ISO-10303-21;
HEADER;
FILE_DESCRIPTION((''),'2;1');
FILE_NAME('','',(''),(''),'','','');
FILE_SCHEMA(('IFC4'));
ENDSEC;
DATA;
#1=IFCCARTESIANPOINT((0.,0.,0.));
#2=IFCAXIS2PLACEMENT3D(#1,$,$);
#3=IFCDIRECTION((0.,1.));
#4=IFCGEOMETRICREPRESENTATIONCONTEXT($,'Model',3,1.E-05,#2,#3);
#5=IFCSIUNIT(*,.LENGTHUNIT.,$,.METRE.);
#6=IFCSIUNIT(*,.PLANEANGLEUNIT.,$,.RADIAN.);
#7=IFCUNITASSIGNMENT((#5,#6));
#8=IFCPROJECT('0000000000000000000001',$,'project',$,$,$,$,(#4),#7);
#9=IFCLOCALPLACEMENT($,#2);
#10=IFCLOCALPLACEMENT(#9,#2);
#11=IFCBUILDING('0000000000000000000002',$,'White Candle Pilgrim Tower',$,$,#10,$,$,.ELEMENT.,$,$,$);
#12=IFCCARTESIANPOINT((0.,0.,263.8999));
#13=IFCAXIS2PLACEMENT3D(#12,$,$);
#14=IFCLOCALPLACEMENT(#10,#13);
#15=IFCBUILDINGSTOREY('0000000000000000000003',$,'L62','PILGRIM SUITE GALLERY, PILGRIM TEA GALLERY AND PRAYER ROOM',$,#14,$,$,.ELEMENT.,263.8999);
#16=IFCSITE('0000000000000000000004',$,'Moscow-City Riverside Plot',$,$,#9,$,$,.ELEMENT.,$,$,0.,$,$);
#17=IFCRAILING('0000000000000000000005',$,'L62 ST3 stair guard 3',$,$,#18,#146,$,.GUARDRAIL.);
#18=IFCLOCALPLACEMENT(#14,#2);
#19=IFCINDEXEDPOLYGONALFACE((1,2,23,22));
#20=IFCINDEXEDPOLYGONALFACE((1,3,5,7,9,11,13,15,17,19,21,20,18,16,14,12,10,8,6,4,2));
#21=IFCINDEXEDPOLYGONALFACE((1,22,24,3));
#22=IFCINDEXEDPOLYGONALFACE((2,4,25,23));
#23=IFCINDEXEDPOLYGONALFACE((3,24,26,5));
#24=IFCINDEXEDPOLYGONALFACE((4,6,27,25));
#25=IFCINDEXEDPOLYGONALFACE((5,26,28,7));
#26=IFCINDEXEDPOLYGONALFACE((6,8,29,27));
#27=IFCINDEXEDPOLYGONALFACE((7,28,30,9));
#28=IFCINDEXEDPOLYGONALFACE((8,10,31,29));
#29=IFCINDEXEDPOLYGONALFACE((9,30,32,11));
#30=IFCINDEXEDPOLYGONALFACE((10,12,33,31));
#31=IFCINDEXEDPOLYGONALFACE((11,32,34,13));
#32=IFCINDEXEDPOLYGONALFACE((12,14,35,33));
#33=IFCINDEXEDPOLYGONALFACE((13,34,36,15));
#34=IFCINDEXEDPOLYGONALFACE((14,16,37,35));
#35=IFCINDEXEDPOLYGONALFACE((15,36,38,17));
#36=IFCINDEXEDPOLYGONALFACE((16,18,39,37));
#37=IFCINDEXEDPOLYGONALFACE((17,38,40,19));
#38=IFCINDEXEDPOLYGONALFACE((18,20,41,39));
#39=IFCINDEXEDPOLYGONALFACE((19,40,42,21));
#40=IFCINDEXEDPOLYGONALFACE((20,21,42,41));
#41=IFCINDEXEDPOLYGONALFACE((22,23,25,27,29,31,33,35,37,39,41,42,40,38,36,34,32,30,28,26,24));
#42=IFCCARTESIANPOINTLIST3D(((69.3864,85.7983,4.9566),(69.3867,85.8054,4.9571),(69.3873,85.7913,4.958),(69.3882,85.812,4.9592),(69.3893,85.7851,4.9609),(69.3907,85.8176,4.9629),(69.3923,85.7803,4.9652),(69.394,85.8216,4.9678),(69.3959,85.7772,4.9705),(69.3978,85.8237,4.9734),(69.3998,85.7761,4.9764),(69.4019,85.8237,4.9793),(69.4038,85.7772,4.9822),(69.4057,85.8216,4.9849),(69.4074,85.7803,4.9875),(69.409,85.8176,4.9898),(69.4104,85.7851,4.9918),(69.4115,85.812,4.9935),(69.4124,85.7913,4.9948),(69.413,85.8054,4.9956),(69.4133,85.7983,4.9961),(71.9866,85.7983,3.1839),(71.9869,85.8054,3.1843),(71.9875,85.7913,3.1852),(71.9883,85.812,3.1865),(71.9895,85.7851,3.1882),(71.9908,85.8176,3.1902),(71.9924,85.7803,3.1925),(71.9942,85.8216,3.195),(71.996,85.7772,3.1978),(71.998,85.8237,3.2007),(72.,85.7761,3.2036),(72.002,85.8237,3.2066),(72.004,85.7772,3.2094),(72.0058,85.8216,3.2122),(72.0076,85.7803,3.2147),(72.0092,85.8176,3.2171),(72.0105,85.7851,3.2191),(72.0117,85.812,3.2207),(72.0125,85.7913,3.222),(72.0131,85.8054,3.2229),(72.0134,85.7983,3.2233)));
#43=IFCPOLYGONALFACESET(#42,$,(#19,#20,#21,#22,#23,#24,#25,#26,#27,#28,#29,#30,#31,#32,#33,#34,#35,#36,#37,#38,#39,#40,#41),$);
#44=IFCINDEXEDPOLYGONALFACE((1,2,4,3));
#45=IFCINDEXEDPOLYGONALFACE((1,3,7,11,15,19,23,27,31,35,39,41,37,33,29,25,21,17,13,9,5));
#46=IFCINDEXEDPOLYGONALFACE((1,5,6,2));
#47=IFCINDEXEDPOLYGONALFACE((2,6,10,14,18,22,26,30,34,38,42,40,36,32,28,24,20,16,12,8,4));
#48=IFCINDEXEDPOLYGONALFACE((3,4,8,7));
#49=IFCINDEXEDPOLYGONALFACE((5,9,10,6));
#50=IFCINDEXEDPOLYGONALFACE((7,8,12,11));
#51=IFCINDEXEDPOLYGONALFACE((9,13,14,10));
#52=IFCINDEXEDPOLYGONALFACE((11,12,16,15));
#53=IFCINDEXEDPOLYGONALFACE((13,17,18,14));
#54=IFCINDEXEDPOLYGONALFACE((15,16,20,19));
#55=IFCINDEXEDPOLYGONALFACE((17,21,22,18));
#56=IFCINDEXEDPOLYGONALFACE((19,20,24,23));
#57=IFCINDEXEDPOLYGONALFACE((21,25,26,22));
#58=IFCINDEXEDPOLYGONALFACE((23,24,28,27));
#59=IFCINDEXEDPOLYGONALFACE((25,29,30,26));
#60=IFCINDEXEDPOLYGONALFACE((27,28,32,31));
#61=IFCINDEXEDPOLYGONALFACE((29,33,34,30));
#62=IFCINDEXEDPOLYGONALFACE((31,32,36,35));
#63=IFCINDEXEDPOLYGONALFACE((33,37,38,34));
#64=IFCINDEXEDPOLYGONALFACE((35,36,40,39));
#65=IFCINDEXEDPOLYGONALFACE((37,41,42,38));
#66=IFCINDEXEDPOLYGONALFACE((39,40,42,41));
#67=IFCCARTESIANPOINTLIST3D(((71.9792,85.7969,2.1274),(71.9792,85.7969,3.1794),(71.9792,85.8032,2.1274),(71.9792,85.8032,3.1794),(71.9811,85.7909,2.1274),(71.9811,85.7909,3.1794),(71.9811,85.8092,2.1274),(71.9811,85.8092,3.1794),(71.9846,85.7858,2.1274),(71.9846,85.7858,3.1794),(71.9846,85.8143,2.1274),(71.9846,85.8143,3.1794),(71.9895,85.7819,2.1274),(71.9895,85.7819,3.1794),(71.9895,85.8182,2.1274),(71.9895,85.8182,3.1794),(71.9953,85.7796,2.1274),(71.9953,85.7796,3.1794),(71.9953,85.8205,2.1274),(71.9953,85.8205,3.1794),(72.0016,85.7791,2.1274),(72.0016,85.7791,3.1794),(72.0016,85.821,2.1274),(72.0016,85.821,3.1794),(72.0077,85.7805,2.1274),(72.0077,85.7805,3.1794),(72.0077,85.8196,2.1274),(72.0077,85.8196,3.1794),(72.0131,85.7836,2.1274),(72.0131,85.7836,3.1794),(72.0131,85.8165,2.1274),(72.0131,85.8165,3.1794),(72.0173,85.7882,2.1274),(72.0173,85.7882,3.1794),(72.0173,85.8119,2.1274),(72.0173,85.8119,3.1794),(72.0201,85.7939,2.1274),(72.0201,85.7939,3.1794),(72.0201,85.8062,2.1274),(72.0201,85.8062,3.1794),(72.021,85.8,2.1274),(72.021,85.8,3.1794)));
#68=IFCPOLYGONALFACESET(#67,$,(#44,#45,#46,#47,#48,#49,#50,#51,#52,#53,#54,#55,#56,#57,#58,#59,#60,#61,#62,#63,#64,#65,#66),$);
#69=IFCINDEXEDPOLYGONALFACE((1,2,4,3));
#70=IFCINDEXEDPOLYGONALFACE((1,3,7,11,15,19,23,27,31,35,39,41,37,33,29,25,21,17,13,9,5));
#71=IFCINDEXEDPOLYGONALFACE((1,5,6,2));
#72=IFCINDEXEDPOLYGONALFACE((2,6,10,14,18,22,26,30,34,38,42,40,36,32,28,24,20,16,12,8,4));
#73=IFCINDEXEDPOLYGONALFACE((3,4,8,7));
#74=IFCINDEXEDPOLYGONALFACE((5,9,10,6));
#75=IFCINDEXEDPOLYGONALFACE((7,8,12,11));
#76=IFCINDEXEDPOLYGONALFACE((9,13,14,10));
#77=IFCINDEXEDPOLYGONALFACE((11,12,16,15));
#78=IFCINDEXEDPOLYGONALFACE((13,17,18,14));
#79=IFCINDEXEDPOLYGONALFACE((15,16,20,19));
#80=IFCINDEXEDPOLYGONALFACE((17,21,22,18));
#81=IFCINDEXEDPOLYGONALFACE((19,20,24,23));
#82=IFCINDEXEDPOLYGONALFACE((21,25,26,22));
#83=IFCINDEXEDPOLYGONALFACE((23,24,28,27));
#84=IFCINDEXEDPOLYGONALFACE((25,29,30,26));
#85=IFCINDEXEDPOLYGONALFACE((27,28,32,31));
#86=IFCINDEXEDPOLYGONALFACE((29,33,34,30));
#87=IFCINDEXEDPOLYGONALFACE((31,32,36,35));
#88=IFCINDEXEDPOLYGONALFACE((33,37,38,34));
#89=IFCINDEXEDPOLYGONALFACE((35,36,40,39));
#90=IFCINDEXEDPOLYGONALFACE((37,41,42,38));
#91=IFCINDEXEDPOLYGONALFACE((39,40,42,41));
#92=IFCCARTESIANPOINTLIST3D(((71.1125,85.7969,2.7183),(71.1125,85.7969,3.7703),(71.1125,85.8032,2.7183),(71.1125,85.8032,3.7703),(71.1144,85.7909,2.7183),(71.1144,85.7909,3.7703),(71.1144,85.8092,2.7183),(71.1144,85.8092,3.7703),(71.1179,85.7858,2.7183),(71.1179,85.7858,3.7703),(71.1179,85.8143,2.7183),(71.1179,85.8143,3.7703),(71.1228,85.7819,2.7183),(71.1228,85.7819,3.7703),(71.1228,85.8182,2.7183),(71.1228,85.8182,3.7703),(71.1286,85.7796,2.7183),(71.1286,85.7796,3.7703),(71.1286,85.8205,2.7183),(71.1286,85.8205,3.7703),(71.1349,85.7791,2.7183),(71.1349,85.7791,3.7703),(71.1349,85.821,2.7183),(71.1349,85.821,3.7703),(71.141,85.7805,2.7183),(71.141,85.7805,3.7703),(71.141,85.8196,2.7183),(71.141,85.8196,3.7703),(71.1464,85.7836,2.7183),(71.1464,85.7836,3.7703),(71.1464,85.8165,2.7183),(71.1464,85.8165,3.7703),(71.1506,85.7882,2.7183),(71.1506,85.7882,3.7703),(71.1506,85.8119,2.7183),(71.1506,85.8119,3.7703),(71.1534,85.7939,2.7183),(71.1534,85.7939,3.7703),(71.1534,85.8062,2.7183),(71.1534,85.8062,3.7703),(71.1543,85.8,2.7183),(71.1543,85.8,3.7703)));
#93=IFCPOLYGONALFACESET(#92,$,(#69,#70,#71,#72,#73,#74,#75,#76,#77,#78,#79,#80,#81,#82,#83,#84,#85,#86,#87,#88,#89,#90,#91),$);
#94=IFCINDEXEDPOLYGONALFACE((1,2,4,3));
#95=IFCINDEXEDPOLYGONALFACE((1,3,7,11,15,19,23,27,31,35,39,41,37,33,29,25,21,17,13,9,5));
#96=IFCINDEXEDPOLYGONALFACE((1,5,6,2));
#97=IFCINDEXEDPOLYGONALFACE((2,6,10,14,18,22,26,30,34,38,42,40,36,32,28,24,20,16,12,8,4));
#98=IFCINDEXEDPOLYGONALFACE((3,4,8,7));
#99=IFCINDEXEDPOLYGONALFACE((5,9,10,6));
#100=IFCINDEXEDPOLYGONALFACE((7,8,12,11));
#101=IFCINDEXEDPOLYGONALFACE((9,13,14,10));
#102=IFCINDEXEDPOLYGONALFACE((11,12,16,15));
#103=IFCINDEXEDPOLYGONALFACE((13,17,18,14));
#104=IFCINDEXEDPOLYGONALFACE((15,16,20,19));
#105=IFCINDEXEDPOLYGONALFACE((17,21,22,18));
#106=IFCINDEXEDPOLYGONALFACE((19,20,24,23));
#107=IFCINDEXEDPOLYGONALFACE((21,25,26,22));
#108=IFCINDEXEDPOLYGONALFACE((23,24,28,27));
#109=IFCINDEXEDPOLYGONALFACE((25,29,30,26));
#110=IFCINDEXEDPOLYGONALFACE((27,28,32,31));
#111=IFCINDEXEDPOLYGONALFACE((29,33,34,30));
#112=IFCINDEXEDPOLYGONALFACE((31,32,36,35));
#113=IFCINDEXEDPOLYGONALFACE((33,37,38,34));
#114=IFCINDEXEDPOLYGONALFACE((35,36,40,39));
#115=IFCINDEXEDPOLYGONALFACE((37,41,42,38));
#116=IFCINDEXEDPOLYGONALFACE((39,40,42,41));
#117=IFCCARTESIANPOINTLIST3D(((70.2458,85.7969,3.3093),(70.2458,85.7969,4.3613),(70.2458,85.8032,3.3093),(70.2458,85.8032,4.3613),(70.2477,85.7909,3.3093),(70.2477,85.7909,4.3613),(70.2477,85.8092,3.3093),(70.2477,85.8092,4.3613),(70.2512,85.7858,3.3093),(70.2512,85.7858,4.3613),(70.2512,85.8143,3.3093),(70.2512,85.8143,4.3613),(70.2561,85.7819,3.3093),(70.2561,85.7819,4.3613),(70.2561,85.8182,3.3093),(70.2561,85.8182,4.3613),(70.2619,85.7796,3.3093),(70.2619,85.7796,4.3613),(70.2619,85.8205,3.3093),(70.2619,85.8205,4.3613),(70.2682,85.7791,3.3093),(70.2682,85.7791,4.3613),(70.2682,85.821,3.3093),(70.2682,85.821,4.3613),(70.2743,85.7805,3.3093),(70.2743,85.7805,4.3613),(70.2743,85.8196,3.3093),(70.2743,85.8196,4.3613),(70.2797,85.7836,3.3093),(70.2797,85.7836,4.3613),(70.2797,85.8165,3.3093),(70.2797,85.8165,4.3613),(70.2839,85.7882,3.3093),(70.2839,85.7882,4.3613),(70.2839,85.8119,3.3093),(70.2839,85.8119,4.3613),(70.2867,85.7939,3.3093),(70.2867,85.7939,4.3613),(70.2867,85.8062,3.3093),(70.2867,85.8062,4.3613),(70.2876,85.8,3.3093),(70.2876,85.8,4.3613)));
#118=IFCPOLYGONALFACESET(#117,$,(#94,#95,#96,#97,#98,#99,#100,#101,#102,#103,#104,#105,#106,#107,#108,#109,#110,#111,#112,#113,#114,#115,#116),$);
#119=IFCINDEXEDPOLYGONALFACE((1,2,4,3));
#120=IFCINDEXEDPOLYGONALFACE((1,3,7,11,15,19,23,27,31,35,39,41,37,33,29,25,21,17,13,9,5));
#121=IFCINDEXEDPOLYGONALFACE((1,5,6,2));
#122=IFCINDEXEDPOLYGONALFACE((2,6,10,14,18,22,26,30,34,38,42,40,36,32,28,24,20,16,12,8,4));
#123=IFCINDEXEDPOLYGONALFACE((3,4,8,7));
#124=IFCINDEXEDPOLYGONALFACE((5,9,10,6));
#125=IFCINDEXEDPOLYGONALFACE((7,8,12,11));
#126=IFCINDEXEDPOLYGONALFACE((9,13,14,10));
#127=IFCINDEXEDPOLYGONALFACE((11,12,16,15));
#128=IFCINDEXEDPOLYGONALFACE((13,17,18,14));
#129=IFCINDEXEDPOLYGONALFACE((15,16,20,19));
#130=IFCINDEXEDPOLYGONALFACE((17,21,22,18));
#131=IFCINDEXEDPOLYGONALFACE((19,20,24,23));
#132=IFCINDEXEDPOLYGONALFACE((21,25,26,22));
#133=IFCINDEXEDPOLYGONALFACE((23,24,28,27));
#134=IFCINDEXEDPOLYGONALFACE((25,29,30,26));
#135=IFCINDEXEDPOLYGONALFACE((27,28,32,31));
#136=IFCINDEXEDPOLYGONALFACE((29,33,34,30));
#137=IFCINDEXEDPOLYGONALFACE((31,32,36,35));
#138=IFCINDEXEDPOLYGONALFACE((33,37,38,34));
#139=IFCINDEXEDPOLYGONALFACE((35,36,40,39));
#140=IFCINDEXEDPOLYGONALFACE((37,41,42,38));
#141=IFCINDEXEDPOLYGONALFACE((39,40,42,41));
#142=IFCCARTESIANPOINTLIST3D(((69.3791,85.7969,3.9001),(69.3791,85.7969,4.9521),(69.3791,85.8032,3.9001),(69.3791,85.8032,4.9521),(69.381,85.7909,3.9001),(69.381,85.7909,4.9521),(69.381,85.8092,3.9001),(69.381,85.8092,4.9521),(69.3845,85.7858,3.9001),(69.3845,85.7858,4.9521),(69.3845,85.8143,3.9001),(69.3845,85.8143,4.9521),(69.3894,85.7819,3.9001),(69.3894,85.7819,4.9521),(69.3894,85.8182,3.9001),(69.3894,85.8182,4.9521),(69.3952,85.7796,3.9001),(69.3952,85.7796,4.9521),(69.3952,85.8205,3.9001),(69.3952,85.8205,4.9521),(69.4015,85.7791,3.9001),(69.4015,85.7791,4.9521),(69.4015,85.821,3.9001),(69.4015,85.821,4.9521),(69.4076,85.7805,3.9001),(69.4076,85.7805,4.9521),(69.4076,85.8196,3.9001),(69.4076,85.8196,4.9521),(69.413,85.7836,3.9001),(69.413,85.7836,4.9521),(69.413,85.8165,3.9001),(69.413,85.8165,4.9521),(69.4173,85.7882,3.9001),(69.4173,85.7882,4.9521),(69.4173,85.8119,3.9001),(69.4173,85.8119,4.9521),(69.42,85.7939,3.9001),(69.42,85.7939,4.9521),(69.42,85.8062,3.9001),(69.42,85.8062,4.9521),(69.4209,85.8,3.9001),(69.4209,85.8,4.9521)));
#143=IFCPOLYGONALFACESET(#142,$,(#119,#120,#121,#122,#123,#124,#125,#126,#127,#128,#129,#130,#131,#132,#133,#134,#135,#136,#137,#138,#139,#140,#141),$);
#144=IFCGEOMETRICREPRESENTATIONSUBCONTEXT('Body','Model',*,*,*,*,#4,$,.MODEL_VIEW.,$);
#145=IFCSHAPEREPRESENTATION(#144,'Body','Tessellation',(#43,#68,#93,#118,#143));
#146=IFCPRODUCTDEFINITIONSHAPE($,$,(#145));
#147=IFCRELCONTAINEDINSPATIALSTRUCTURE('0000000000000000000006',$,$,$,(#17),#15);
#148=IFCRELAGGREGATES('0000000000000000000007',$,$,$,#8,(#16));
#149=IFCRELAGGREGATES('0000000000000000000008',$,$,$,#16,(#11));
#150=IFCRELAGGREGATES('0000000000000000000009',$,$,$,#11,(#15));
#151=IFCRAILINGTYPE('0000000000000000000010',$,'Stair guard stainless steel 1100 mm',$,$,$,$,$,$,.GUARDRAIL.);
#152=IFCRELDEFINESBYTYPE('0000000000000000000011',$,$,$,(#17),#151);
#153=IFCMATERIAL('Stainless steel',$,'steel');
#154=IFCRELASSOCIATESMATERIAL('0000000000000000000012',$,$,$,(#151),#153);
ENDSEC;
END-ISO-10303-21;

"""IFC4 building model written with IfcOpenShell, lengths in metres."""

from ifc_helpers import new_model, si_unit, direction, frame, origin, origin_2d, place, context, subcontext, project, spatial, circle, extrude, material, type_object, element, save


model = new_model("IFC4")

# Units and contexts
model_context = context("Model", 3, precision=1e-05, world=origin(), true_north=direction((0.0, 1.0)))
body_context = subcontext(model_context, "Body", "Model", "MODEL_VIEW")
ifc_project = project(units=[si_unit("LENGTHUNIT", "METRE"), si_unit("PLANEANGLEUNIT", "RADIAN")], contexts=[model_context])

# Site, building, storey
site_placement = place(None, origin())
site = spatial("IfcSite", under=ifc_project, at=site_placement, Name="Moscow-City Riverside Plot", CompositionType="ELEMENT", RefElevation=0.0)
building_placement = place(site_placement, origin())
building = spatial("IfcBuilding", under=site, at=building_placement, Name="White Candle Pilgrim Tower", CompositionType="ELEMENT")
storey_placement = place(building_placement, frame((0.0, 0.0, 263.8999)))
storey = spatial("IfcBuildingStorey", under=building, at=storey_placement, Name="L62", Description="PILGRIM SUITE GALLERY, PILGRIM TEA GALLERY AND PRAYER ROOM", CompositionType="ELEMENT", Elevation=263.8999)

# Railing
ifc_material_1 = material(Name="Stainless steel", Category="steel")
railing_type_1 = type_object("IfcRailingType", Name="Stair guard stainless steel 1100 mm", PredefinedType="GUARDRAIL", material=ifc_material_1)
railing_1_placement = place(storey_placement, frame((72.0, 85.8, 2.1274)))
element("IfcRailing", 1, at=railing_1_placement, inside=storey, type_object=railing_type_1, Name="L62 ST3 stair guard 3", PredefinedType="GUARDRAIL", context=body_context, shape_type="SweptSolid", body=[
    extrude(circle(Radius=0.0239, at=origin_2d()), frame((0.0, 0.0, 1.0762), z_axis=(-0.82624, 0.0, 0.563318), x_axis=(0.0, -1.0, 0.0)), (0.0, 0.0, 1.0), 3.147),
    extrude(circle(Radius=0.021, at=origin_2d()), origin(), (0.0, 0.0, 1.0), 1.052),
    extrude(circle(Radius=0.021, at=origin_2d()), frame((-0.8667, 0.0, 0.5908)), (0.0, 0.0, 1.0), 1.052),
    extrude(circle(Radius=0.021, at=origin_2d()), frame((-1.7334, 0.0, 1.1819)), (0.0, 0.0, 1.0), 1.052),
    extrude(circle(Radius=0.021, at=origin_2d()), frame((-2.6001, 0.0, 1.7727)), (0.0, 0.0, 1.0), 1.052),
])

save(model, "model.ifc")
